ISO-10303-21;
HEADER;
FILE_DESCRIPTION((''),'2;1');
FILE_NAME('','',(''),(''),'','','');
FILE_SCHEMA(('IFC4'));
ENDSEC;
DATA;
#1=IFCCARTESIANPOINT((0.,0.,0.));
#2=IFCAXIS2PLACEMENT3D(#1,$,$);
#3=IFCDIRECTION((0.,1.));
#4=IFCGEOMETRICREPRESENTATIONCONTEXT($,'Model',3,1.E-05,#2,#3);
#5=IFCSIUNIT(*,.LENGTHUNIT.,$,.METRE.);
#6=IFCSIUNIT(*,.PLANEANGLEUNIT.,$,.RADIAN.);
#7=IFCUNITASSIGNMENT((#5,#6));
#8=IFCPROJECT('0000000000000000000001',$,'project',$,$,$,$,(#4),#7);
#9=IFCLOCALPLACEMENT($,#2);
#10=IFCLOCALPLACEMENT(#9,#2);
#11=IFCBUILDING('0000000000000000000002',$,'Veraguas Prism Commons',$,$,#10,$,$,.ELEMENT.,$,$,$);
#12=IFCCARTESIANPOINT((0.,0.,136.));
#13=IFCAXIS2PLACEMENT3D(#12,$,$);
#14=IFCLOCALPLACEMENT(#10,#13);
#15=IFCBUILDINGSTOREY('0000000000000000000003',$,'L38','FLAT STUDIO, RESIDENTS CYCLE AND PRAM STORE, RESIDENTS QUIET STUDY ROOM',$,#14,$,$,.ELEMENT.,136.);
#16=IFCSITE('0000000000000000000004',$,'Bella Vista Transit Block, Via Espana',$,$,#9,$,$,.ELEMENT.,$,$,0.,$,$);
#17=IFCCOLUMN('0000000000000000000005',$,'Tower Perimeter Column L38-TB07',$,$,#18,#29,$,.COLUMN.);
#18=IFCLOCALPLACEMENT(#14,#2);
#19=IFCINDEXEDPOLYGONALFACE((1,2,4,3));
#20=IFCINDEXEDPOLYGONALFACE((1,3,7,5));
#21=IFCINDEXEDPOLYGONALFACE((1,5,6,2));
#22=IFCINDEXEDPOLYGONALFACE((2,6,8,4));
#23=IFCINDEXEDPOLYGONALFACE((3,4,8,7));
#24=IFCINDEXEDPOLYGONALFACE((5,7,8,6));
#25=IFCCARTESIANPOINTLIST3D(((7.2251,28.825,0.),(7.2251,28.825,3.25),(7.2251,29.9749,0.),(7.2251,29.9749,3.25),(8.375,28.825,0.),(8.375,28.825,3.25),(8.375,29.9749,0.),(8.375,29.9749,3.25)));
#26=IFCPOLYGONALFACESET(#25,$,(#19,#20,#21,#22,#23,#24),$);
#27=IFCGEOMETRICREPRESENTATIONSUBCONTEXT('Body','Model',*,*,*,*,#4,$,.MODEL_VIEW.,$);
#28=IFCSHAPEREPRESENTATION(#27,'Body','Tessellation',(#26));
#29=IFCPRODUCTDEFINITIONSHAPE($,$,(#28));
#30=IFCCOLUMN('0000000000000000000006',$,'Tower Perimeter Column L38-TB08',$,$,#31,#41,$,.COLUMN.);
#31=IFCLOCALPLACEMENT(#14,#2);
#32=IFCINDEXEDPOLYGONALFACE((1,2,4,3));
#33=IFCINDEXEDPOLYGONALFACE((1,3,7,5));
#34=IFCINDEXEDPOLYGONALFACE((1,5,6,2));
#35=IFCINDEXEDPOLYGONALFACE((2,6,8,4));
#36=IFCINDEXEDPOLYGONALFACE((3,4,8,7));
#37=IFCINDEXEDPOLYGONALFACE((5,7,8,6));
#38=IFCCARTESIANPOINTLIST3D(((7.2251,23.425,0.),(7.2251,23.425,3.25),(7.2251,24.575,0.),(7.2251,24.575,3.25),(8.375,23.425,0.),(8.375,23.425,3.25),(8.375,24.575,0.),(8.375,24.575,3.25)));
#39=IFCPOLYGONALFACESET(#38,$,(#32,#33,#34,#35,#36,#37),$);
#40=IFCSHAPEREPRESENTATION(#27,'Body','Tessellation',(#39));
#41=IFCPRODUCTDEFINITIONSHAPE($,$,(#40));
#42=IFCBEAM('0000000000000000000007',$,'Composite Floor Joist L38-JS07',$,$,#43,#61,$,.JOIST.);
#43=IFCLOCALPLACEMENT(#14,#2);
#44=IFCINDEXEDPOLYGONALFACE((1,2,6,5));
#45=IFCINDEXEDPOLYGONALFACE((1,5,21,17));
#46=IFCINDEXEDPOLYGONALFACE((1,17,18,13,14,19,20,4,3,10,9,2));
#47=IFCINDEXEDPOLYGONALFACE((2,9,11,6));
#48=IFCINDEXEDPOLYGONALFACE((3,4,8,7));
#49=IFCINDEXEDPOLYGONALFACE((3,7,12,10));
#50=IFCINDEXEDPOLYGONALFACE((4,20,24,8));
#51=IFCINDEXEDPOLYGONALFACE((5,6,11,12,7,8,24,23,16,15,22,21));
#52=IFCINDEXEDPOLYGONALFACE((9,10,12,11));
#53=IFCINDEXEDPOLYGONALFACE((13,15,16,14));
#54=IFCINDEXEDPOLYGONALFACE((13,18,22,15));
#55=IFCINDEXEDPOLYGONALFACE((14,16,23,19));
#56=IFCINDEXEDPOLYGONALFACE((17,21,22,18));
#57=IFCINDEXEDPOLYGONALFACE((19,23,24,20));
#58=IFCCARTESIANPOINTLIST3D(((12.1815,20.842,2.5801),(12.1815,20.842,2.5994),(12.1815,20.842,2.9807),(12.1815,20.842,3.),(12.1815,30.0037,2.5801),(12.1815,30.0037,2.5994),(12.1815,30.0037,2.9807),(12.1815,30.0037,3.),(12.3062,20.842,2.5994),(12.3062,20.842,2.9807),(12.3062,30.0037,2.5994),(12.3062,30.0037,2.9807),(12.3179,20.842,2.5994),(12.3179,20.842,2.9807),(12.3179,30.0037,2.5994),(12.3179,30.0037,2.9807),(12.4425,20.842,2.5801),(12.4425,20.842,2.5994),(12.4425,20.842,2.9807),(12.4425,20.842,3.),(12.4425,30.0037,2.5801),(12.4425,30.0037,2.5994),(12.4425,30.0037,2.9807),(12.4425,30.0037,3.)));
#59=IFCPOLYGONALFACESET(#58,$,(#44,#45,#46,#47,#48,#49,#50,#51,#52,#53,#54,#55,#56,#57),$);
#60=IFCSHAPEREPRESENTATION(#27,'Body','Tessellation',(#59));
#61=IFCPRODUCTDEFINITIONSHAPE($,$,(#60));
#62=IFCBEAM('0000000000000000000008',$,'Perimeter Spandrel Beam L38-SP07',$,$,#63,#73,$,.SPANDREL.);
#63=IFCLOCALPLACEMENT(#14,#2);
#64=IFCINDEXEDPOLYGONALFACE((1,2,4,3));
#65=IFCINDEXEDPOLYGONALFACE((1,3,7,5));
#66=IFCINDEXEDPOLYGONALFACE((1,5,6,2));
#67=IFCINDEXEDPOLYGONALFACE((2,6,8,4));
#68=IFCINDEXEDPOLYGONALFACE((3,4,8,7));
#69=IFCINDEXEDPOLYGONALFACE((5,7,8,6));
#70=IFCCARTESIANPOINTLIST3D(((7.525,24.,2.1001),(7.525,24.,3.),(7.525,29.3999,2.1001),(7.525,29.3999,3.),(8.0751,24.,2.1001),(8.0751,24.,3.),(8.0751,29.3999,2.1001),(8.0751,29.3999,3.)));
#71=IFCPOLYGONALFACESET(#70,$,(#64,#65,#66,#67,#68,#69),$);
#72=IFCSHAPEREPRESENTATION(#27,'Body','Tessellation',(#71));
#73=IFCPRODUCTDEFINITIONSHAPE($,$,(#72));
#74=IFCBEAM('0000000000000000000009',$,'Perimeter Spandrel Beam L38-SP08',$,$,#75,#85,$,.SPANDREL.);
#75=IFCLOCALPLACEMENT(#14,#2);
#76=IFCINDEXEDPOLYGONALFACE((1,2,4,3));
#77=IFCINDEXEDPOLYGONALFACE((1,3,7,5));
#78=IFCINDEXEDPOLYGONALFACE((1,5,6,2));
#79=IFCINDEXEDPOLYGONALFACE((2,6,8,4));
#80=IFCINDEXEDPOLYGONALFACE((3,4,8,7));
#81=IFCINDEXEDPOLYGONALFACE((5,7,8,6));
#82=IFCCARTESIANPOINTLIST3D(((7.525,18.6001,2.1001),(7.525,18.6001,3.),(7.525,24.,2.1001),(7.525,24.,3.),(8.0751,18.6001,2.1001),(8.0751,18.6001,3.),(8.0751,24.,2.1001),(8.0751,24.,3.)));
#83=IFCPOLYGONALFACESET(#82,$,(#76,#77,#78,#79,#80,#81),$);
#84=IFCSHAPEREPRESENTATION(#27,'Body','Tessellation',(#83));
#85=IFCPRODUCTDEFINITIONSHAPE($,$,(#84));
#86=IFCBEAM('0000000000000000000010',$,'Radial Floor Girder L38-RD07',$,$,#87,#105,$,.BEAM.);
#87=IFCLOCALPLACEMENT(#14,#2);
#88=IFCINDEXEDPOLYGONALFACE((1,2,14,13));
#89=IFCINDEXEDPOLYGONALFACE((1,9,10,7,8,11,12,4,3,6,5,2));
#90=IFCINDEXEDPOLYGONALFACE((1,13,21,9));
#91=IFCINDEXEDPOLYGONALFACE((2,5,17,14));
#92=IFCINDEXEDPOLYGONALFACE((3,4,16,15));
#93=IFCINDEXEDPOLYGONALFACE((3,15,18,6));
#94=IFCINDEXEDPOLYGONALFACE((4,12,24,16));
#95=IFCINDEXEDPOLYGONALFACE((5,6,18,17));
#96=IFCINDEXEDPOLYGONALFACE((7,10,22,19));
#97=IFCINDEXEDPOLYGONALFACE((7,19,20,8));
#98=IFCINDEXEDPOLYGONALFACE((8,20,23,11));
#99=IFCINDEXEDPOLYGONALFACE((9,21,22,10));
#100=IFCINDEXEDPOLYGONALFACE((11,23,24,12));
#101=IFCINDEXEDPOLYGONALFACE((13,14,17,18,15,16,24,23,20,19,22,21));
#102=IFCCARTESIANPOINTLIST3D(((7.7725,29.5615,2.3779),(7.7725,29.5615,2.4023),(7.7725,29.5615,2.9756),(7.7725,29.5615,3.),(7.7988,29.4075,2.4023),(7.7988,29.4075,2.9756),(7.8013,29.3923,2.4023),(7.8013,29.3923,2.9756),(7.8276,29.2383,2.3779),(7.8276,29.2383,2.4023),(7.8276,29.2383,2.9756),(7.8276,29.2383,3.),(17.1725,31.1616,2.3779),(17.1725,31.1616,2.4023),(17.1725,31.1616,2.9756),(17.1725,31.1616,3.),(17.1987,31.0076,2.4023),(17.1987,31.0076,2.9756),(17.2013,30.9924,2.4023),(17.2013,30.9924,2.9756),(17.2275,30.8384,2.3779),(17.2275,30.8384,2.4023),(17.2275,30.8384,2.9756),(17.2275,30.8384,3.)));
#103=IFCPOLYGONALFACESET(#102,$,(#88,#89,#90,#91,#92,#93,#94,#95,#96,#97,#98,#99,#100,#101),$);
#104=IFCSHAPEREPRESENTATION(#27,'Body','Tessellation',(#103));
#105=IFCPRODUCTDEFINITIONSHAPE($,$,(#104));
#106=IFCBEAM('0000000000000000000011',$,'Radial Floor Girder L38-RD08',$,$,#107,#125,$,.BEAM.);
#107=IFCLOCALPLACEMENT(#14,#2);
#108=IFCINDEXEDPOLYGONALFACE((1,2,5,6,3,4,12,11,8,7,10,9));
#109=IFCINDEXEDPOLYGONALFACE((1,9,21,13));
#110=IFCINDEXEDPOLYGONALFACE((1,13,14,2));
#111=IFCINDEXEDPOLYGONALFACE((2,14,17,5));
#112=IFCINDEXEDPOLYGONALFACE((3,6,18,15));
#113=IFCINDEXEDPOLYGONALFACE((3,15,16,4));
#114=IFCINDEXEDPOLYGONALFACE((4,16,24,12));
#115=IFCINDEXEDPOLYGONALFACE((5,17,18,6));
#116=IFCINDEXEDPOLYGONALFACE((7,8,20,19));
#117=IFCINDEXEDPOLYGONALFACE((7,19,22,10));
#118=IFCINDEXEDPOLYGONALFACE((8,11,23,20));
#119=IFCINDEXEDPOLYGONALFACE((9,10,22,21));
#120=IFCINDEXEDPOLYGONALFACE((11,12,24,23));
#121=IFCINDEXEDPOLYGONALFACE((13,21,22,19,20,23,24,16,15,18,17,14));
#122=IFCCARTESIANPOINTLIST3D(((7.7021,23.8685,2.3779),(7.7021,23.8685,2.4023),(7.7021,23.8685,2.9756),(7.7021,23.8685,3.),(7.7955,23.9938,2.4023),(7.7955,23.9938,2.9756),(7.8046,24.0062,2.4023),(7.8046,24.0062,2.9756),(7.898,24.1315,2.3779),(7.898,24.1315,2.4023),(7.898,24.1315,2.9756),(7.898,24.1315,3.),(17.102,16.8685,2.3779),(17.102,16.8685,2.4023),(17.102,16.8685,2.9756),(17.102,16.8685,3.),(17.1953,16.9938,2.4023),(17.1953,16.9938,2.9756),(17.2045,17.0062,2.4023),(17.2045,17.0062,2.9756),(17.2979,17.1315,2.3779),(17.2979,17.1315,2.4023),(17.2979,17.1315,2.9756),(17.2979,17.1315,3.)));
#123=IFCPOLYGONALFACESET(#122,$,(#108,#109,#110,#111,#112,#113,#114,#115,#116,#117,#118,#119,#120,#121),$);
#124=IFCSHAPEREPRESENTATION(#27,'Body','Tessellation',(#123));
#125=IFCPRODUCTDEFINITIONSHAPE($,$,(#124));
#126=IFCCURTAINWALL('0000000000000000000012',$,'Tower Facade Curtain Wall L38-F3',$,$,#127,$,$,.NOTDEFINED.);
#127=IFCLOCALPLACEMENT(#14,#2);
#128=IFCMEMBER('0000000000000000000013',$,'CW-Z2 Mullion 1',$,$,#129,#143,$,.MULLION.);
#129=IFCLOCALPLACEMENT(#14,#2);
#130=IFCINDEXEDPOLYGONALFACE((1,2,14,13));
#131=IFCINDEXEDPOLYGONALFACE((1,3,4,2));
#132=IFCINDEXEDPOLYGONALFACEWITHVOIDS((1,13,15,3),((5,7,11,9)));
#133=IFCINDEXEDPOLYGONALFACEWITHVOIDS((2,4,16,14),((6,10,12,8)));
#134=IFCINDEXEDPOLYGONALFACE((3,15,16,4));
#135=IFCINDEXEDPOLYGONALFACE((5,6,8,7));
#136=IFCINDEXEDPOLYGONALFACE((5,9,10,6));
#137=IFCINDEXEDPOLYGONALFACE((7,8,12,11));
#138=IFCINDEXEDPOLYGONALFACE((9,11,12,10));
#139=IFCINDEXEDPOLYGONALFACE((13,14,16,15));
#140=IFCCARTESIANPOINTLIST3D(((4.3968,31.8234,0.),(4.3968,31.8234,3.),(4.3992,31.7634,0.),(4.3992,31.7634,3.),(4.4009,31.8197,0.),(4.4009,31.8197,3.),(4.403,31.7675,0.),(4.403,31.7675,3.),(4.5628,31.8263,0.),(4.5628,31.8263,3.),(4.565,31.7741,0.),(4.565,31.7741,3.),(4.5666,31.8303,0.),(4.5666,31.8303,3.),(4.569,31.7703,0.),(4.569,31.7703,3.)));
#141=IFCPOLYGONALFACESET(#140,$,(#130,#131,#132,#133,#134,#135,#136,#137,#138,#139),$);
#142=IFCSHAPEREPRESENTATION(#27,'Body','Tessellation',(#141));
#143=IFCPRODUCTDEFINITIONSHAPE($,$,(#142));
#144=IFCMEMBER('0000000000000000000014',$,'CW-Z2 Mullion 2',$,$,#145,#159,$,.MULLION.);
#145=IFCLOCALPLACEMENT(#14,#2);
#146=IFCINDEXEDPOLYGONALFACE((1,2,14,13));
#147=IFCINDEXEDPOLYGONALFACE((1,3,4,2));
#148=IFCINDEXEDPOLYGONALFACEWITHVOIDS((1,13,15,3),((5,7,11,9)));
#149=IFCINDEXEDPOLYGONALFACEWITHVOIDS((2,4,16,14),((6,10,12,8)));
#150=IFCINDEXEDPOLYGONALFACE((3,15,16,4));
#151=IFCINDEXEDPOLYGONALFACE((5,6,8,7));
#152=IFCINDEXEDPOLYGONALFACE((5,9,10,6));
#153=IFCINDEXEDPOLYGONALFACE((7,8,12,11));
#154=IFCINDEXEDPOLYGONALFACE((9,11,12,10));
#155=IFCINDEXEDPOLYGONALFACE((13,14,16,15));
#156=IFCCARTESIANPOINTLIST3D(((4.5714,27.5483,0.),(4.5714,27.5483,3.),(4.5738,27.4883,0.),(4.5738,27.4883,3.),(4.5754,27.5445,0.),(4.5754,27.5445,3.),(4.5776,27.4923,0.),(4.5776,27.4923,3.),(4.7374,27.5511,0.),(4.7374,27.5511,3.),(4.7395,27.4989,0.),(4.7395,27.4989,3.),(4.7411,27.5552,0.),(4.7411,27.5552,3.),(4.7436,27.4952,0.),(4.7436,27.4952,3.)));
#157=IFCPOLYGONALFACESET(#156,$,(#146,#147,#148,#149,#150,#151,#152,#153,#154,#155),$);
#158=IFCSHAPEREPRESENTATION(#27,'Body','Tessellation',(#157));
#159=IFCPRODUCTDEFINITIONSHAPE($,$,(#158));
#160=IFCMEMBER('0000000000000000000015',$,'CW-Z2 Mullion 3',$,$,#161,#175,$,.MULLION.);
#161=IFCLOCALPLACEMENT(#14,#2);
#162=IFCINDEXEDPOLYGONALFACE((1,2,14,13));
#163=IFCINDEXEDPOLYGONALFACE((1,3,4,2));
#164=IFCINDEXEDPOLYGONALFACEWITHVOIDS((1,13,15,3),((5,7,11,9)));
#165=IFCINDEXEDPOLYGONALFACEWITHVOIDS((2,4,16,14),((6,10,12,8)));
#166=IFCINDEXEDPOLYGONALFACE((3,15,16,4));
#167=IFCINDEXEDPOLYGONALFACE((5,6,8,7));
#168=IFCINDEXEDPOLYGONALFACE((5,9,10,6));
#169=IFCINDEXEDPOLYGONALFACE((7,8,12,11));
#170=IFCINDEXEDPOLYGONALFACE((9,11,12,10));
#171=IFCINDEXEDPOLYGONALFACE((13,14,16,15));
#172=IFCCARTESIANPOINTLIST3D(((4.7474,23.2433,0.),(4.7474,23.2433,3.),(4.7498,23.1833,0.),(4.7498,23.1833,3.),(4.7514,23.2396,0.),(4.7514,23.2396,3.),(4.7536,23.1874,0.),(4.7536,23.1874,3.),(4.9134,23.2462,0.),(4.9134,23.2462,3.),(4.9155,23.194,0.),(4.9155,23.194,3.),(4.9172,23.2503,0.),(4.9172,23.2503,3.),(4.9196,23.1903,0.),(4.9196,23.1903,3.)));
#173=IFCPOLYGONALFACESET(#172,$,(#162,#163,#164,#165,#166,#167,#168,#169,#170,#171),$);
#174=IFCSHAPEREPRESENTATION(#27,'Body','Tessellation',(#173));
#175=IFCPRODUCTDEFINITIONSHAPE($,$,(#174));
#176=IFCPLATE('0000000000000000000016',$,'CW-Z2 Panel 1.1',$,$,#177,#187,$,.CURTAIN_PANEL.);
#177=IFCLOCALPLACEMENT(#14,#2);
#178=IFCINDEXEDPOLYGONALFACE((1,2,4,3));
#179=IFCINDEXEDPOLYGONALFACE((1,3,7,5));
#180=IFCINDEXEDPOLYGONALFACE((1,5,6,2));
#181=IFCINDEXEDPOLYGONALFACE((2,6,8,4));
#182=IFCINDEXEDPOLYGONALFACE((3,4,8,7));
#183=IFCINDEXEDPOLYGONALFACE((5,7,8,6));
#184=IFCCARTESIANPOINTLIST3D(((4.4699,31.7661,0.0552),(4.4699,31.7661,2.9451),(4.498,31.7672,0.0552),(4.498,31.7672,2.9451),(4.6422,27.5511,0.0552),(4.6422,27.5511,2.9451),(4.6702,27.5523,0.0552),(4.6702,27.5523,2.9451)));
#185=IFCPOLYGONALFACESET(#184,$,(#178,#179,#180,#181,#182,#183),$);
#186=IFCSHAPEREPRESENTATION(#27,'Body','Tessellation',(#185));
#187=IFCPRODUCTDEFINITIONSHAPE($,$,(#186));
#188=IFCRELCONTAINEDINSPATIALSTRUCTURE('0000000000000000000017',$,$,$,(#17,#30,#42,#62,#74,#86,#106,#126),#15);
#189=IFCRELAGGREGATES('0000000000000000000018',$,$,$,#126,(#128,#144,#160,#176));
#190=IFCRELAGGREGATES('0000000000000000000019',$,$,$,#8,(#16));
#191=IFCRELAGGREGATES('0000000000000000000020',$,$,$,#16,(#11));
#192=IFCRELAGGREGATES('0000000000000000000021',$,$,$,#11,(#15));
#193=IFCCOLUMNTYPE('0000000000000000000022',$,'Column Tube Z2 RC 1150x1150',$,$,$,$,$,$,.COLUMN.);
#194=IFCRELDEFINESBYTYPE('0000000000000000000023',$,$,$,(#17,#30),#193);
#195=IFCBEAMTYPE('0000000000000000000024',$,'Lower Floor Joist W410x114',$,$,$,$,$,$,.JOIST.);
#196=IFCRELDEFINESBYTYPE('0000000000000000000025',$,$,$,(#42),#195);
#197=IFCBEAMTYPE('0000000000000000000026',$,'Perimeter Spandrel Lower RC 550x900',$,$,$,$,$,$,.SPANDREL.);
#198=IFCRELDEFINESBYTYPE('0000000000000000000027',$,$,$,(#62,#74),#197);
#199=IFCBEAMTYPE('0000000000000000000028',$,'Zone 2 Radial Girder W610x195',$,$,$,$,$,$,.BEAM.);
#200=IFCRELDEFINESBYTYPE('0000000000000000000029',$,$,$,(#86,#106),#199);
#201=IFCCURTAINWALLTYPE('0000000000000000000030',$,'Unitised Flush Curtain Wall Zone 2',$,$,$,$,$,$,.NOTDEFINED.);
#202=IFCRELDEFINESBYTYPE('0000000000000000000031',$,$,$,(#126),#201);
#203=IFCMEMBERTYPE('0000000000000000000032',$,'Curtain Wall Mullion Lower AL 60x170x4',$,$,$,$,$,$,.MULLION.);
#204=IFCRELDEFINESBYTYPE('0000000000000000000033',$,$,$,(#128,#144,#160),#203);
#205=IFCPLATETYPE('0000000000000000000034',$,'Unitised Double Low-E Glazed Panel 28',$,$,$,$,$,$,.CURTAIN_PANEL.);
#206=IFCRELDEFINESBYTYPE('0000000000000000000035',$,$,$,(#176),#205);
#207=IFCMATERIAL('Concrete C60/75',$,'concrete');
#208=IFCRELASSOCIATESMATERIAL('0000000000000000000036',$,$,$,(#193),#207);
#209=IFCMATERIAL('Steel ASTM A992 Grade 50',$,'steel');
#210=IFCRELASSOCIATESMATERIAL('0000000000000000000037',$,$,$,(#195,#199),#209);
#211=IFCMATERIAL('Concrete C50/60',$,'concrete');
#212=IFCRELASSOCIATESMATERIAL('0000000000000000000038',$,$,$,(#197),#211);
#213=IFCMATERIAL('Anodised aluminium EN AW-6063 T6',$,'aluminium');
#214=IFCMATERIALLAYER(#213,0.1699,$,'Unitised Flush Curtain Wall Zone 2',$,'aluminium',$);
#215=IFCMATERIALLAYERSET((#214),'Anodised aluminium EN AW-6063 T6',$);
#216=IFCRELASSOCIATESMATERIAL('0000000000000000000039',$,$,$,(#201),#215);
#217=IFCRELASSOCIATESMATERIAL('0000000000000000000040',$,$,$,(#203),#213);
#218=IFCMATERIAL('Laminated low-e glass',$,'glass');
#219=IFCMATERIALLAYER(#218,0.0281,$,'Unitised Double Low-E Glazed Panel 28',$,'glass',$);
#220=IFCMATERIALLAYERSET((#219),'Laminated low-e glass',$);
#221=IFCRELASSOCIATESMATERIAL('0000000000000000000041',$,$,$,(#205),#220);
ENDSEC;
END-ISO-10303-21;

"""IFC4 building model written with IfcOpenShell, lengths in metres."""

from ifc_helpers import new_model, si_unit, direction, frame, origin, origin_2d, place, context, subcontext, project, spatial, rectangle, hollow_rectangle, i_section, extrude, source, transform, mapped, material, layer, layer_set, material_profile, profile_set, type_object, element, aggregate, save


model = new_model("IFC4")

# Units and contexts
model_context = context("Model", 3, precision=1e-05, world=origin(), true_north=direction((0.0, 1.0)))
body_context = subcontext(model_context, "Body", "Model", "MODEL_VIEW")
ifc_project = project(units=[si_unit("LENGTHUNIT", "METRE"), si_unit("PLANEANGLEUNIT", "RADIAN")], contexts=[model_context])

# Site, building, storey
site_placement = place(None, origin())
site = spatial("IfcSite", under=ifc_project, at=site_placement, Name="Bella Vista Transit Block, Via Espana", CompositionType="ELEMENT", RefElevation=0.0)
building_placement = place(site_placement, origin())
building = spatial("IfcBuilding", under=site, at=building_placement, Name="Veraguas Prism Commons", CompositionType="ELEMENT")
storey_placement = place(building_placement, frame((0.0, 0.0, 136.0)))
storey = spatial("IfcBuildingStorey", under=building, at=storey_placement, Name="L38", Description="FLAT STUDIO, RESIDENTS CYCLE AND PRAM STORE, RESIDENTS QUIET STUDY ROOM", CompositionType="ELEMENT", Elevation=136.0)

# Columns
ifc_material_1 = material(Name="Concrete C60/75", Category="concrete")
ifc_material_profile_1 = material_profile(ifc_material_1, rectangle(XDim=1.1499, YDim=1.1499, at=origin_2d()), Name="RC1150X1150")
ifc_profile_set_1 = profile_set([ifc_material_profile_1], Name="Concrete C60/75")
column_type = type_object("IfcColumnType", Name="Column Tube Z2 RC 1150x1150", PredefinedType="COLUMN", material=ifc_profile_set_1)
for number, where, z_axis, x_axis, name in (
    (1, (7.8, 29.3999, 0.0), (0.0, 0.0, 1.0), (1.0, 0.0, 0.0), "Tower Perimeter Column L38-TB07"),
    (2, (7.8, 24.0, 0.0), (0.0, 0.0, 1.0), (1.0, 0.0, 0.0), "Tower Perimeter Column L38-TB08"),
):
    element("IfcColumn", number, at=place(storey_placement, frame(where, z_axis=z_axis, x_axis=x_axis)), inside=storey, type_object=column_type, Name=name, PredefinedType="COLUMN", context=body_context, shape_type="SweptSolid", body=[
        extrude(rectangle(XDim=1.1499, YDim=1.1499, at=origin_2d()), origin(), (0.0, 0.0, 1.0), 3.25),
    ])

# Beams
ifc_material_2 = material(Name="Steel ASTM A992 Grade 50", Category="steel")
ifc_material_profile_2 = material_profile(ifc_material_2, i_section(OverallWidth=0.261, OverallDepth=0.4199, WebThickness=0.0117, FlangeThickness=0.0193, at=origin_2d()), Name="W410X114")
ifc_profile_set_2 = profile_set([ifc_material_profile_2], Name="Steel ASTM A992 Grade 50")
beam_type_1 = type_object("IfcBeamType", Name="Lower Floor Joist W410x114", PredefinedType="JOIST", material=ifc_profile_set_2)
beam_1_placement = place(storey_placement, frame((12.312, 30.0037, 2.79), z_axis=(0.0, -1.0, 0.0), x_axis=(1.0, 0.0, 0.0)))
element("IfcBeam", 3, at=beam_1_placement, inside=storey, type_object=beam_type_1, Name="Composite Floor Joist L38-JS07", PredefinedType="JOIST", context=body_context, shape_type="SweptSolid", body=[
    extrude(i_section(OverallWidth=0.261, OverallDepth=0.4199, WebThickness=0.0117, FlangeThickness=0.0193, at=origin_2d()), origin(), (0.0, 0.0, 1.0), 9.1616),
])
ifc_material_3 = material(Name="Concrete C50/60", Category="concrete")
ifc_material_profile_3 = material_profile(ifc_material_3, rectangle(XDim=0.55, YDim=0.8999, at=origin_2d()), Name="RC550X900")
ifc_profile_set_3 = profile_set([ifc_material_profile_3], Name="Concrete C50/60")
beam_type_2 = type_object("IfcBeamType", Name="Perimeter Spandrel Lower RC 550x900", PredefinedType="SPANDREL", material=ifc_profile_set_3)
for number, where, z_axis, x_axis, name in (
    (4, (7.8, 29.3999, 2.55), (0.0, -1.0, 0.0), (1.0, 0.0, 0.0), "Perimeter Spandrel Beam L38-SP07"),
    (5, (7.8, 24.0, 2.55), (0.0, -1.0, 0.0), (1.0, 0.0, 0.0), "Perimeter Spandrel Beam L38-SP08"),
):
    element("IfcBeam", number, at=place(storey_placement, frame(where, z_axis=z_axis, x_axis=x_axis)), inside=storey, type_object=beam_type_2, Name=name, PredefinedType="SPANDREL", context=body_context, shape_type="SweptSolid", body=[
        extrude(rectangle(XDim=0.55, YDim=0.8999, at=origin_2d()), origin(), (0.0, 0.0, 1.0), 5.3999),
    ])
ifc_material_profile_4 = material_profile(ifc_material_2, i_section(OverallWidth=0.3279, OverallDepth=0.6221, WebThickness=0.0154, FlangeThickness=0.0244, at=origin_2d()), Name="W610X195")
ifc_profile_set_4 = profile_set([ifc_material_profile_4], Name="Steel ASTM A992 Grade 50")
beam_type_3 = type_object("IfcBeamType", Name="Zone 2 Radial Girder W610x195", PredefinedType="BEAM", material=ifc_profile_set_4)
beam_2_placement = place(storey_placement, frame((7.8, 29.3999, 2.689), z_axis=(0.985819, 0.167811, 0.0), x_axis=(-0.167811, 0.985819, 0.0)))
element("IfcBeam", 6, at=beam_2_placement, inside=storey, type_object=beam_type_3, Name="Radial Floor Girder L38-RD07", PredefinedType="BEAM", context=body_context, shape_type="SweptSolid", body=[
    extrude(i_section(OverallWidth=0.3279, OverallDepth=0.6221, WebThickness=0.0154, FlangeThickness=0.0244, at=origin_2d()), origin(), (0.0, 0.0, 1.0), 9.5352),
])
beam_3_placement = place(storey_placement, frame((7.8, 24.0, 2.689), z_axis=(0.80204, -0.59727, 0.0), x_axis=(0.59727, 0.80204, 0.0)))
element("IfcBeam", 7, at=beam_3_placement, inside=storey, type_object=beam_type_3, Name="Radial Floor Girder L38-RD08", PredefinedType="BEAM", context=body_context, shape_type="SweptSolid", body=[
    extrude(i_section(OverallWidth=0.3279, OverallDepth=0.6221, WebThickness=0.0154, FlangeThickness=0.0244, at=origin_2d()), origin(), (0.0, 0.0, 1.0), 11.72),
])

# Curtain wall, members, plate
ifc_material_4 = material(Name="Anodised aluminium EN AW-6063 T6", Category="aluminium")
ifc_layer_1 = layer(ifc_material_4, 0.1699, Name="Unitised Flush Curtain Wall Zone 2", Category="aluminium")
ifc_layer_set_1 = layer_set([ifc_layer_1], Name="Anodised aluminium EN AW-6063 T6")
curtain_wall_type = type_object("IfcCurtainWallType", Name="Unitised Flush Curtain Wall Zone 2", PredefinedType="NOTDEFINED", material=ifc_layer_set_1)
curtain_wall_placement = place(storey_placement, origin())
curtain_wall = element("IfcCurtainWall", 8, at=curtain_wall_placement, inside=storey, type_object=curtain_wall_type, Name="Tower Facade Curtain Wall L38-F3", PredefinedType="NOTDEFINED")
ifc_material_profile_5 = material_profile(ifc_material_4, hollow_rectangle(XDim=0.0601, YDim=0.1699, WallThickness=0.0039, at=origin_2d()), Name="AL60X170X4")
ifc_profile_set_5 = profile_set([ifc_material_profile_5], Name="Anodised aluminium EN AW-6063 T6")
member_type = type_object("IfcMemberType", Name="Curtain Wall Mullion Lower AL 60x170x4", PredefinedType="MULLION", material=ifc_profile_set_5)
shared_shape_1 = source(origin(), body_context, "Body", "SweptSolid", [
    extrude(hollow_rectangle(XDim=0.0601, YDim=0.1699, WallThickness=0.0039, at=origin_2d()), origin(), (0.0, 0.0, 1.0), 3.0),
])
member_1_placement = place(storey_placement, frame((4.4829, 31.7969, 0.0), z_axis=(0.0, 0.0, 1.0), x_axis=(0.040836, -0.999166, 0.0)))
member_1 = element("IfcMember", 9, at=member_1_placement, type_object=member_type, Name="CW-Z2 Mullion 1", PredefinedType="MULLION", context=body_context, shape_type="MappedRepresentation", body=[
    mapped(shared_shape_1, transform((0.0, 0.0, 0.0), scale=1.0)),
])
member_2_placement = place(storey_placement, frame((4.6575, 27.5217, 0.0), z_axis=(0.0, 0.0, 1.0), x_axis=(0.040836, -0.999166, 0.0)))
member_2 = element("IfcMember", 10, at=member_2_placement, type_object=member_type, Name="CW-Z2 Mullion 2", PredefinedType="MULLION", context=body_context, shape_type="MappedRepresentation", body=[
    mapped(shared_shape_1, transform((0.0, 0.0, 0.0), scale=1.0)),
])
member_3_placement = place(storey_placement, frame((4.8335, 23.2168, 0.0), z_axis=(0.0, 0.0, 1.0), x_axis=(0.040836, -0.999166, 0.0)))
member_3 = element("IfcMember", 11, at=member_3_placement, type_object=member_type, Name="CW-Z2 Mullion 3", PredefinedType="MULLION", context=body_context, shape_type="MappedRepresentation", body=[
    mapped(shared_shape_1, transform((0.0, 0.0, 0.0), scale=1.0)),
])
ifc_material_5 = material(Name="Laminated low-e glass", Category="glass")
ifc_layer_2 = layer(ifc_material_5, 0.0281, Name="Unitised Double Low-E Glazed Panel 28", Category="glass")
ifc_layer_set_2 = layer_set([ifc_layer_2], Name="Laminated low-e glass")
plate_type = type_object("IfcPlateType", Name="Unitised Double Low-E Glazed Panel 28", PredefinedType="CURTAIN_PANEL", material=ifc_layer_set_2)
shared_shape_2 = source(origin(), body_context, "Body", "SweptSolid", [
    extrude(rectangle(XDim=4.2185, YDim=0.0281, at=origin_2d()), origin(), (0.0, 0.0, 1.0), 2.8899),
])
plate_1_placement = place(storey_placement, frame((4.5701, 29.6592, 0.0552), z_axis=(0.0, 0.0, 1.0), x_axis=(0.040836, -0.999166, 0.0)))
plate_1 = element("IfcPlate", 12, at=plate_1_placement, type_object=plate_type, Name="CW-Z2 Panel 1.1", PredefinedType="CURTAIN_PANEL", context=body_context, shape_type="MappedRepresentation", body=[
    mapped(shared_shape_2, transform((0.0, 0.0, 0.0), scale=1.0)),
])
aggregate(curtain_wall, [member_1, member_2, member_3, plate_1])

save(model, "model.ifc")
